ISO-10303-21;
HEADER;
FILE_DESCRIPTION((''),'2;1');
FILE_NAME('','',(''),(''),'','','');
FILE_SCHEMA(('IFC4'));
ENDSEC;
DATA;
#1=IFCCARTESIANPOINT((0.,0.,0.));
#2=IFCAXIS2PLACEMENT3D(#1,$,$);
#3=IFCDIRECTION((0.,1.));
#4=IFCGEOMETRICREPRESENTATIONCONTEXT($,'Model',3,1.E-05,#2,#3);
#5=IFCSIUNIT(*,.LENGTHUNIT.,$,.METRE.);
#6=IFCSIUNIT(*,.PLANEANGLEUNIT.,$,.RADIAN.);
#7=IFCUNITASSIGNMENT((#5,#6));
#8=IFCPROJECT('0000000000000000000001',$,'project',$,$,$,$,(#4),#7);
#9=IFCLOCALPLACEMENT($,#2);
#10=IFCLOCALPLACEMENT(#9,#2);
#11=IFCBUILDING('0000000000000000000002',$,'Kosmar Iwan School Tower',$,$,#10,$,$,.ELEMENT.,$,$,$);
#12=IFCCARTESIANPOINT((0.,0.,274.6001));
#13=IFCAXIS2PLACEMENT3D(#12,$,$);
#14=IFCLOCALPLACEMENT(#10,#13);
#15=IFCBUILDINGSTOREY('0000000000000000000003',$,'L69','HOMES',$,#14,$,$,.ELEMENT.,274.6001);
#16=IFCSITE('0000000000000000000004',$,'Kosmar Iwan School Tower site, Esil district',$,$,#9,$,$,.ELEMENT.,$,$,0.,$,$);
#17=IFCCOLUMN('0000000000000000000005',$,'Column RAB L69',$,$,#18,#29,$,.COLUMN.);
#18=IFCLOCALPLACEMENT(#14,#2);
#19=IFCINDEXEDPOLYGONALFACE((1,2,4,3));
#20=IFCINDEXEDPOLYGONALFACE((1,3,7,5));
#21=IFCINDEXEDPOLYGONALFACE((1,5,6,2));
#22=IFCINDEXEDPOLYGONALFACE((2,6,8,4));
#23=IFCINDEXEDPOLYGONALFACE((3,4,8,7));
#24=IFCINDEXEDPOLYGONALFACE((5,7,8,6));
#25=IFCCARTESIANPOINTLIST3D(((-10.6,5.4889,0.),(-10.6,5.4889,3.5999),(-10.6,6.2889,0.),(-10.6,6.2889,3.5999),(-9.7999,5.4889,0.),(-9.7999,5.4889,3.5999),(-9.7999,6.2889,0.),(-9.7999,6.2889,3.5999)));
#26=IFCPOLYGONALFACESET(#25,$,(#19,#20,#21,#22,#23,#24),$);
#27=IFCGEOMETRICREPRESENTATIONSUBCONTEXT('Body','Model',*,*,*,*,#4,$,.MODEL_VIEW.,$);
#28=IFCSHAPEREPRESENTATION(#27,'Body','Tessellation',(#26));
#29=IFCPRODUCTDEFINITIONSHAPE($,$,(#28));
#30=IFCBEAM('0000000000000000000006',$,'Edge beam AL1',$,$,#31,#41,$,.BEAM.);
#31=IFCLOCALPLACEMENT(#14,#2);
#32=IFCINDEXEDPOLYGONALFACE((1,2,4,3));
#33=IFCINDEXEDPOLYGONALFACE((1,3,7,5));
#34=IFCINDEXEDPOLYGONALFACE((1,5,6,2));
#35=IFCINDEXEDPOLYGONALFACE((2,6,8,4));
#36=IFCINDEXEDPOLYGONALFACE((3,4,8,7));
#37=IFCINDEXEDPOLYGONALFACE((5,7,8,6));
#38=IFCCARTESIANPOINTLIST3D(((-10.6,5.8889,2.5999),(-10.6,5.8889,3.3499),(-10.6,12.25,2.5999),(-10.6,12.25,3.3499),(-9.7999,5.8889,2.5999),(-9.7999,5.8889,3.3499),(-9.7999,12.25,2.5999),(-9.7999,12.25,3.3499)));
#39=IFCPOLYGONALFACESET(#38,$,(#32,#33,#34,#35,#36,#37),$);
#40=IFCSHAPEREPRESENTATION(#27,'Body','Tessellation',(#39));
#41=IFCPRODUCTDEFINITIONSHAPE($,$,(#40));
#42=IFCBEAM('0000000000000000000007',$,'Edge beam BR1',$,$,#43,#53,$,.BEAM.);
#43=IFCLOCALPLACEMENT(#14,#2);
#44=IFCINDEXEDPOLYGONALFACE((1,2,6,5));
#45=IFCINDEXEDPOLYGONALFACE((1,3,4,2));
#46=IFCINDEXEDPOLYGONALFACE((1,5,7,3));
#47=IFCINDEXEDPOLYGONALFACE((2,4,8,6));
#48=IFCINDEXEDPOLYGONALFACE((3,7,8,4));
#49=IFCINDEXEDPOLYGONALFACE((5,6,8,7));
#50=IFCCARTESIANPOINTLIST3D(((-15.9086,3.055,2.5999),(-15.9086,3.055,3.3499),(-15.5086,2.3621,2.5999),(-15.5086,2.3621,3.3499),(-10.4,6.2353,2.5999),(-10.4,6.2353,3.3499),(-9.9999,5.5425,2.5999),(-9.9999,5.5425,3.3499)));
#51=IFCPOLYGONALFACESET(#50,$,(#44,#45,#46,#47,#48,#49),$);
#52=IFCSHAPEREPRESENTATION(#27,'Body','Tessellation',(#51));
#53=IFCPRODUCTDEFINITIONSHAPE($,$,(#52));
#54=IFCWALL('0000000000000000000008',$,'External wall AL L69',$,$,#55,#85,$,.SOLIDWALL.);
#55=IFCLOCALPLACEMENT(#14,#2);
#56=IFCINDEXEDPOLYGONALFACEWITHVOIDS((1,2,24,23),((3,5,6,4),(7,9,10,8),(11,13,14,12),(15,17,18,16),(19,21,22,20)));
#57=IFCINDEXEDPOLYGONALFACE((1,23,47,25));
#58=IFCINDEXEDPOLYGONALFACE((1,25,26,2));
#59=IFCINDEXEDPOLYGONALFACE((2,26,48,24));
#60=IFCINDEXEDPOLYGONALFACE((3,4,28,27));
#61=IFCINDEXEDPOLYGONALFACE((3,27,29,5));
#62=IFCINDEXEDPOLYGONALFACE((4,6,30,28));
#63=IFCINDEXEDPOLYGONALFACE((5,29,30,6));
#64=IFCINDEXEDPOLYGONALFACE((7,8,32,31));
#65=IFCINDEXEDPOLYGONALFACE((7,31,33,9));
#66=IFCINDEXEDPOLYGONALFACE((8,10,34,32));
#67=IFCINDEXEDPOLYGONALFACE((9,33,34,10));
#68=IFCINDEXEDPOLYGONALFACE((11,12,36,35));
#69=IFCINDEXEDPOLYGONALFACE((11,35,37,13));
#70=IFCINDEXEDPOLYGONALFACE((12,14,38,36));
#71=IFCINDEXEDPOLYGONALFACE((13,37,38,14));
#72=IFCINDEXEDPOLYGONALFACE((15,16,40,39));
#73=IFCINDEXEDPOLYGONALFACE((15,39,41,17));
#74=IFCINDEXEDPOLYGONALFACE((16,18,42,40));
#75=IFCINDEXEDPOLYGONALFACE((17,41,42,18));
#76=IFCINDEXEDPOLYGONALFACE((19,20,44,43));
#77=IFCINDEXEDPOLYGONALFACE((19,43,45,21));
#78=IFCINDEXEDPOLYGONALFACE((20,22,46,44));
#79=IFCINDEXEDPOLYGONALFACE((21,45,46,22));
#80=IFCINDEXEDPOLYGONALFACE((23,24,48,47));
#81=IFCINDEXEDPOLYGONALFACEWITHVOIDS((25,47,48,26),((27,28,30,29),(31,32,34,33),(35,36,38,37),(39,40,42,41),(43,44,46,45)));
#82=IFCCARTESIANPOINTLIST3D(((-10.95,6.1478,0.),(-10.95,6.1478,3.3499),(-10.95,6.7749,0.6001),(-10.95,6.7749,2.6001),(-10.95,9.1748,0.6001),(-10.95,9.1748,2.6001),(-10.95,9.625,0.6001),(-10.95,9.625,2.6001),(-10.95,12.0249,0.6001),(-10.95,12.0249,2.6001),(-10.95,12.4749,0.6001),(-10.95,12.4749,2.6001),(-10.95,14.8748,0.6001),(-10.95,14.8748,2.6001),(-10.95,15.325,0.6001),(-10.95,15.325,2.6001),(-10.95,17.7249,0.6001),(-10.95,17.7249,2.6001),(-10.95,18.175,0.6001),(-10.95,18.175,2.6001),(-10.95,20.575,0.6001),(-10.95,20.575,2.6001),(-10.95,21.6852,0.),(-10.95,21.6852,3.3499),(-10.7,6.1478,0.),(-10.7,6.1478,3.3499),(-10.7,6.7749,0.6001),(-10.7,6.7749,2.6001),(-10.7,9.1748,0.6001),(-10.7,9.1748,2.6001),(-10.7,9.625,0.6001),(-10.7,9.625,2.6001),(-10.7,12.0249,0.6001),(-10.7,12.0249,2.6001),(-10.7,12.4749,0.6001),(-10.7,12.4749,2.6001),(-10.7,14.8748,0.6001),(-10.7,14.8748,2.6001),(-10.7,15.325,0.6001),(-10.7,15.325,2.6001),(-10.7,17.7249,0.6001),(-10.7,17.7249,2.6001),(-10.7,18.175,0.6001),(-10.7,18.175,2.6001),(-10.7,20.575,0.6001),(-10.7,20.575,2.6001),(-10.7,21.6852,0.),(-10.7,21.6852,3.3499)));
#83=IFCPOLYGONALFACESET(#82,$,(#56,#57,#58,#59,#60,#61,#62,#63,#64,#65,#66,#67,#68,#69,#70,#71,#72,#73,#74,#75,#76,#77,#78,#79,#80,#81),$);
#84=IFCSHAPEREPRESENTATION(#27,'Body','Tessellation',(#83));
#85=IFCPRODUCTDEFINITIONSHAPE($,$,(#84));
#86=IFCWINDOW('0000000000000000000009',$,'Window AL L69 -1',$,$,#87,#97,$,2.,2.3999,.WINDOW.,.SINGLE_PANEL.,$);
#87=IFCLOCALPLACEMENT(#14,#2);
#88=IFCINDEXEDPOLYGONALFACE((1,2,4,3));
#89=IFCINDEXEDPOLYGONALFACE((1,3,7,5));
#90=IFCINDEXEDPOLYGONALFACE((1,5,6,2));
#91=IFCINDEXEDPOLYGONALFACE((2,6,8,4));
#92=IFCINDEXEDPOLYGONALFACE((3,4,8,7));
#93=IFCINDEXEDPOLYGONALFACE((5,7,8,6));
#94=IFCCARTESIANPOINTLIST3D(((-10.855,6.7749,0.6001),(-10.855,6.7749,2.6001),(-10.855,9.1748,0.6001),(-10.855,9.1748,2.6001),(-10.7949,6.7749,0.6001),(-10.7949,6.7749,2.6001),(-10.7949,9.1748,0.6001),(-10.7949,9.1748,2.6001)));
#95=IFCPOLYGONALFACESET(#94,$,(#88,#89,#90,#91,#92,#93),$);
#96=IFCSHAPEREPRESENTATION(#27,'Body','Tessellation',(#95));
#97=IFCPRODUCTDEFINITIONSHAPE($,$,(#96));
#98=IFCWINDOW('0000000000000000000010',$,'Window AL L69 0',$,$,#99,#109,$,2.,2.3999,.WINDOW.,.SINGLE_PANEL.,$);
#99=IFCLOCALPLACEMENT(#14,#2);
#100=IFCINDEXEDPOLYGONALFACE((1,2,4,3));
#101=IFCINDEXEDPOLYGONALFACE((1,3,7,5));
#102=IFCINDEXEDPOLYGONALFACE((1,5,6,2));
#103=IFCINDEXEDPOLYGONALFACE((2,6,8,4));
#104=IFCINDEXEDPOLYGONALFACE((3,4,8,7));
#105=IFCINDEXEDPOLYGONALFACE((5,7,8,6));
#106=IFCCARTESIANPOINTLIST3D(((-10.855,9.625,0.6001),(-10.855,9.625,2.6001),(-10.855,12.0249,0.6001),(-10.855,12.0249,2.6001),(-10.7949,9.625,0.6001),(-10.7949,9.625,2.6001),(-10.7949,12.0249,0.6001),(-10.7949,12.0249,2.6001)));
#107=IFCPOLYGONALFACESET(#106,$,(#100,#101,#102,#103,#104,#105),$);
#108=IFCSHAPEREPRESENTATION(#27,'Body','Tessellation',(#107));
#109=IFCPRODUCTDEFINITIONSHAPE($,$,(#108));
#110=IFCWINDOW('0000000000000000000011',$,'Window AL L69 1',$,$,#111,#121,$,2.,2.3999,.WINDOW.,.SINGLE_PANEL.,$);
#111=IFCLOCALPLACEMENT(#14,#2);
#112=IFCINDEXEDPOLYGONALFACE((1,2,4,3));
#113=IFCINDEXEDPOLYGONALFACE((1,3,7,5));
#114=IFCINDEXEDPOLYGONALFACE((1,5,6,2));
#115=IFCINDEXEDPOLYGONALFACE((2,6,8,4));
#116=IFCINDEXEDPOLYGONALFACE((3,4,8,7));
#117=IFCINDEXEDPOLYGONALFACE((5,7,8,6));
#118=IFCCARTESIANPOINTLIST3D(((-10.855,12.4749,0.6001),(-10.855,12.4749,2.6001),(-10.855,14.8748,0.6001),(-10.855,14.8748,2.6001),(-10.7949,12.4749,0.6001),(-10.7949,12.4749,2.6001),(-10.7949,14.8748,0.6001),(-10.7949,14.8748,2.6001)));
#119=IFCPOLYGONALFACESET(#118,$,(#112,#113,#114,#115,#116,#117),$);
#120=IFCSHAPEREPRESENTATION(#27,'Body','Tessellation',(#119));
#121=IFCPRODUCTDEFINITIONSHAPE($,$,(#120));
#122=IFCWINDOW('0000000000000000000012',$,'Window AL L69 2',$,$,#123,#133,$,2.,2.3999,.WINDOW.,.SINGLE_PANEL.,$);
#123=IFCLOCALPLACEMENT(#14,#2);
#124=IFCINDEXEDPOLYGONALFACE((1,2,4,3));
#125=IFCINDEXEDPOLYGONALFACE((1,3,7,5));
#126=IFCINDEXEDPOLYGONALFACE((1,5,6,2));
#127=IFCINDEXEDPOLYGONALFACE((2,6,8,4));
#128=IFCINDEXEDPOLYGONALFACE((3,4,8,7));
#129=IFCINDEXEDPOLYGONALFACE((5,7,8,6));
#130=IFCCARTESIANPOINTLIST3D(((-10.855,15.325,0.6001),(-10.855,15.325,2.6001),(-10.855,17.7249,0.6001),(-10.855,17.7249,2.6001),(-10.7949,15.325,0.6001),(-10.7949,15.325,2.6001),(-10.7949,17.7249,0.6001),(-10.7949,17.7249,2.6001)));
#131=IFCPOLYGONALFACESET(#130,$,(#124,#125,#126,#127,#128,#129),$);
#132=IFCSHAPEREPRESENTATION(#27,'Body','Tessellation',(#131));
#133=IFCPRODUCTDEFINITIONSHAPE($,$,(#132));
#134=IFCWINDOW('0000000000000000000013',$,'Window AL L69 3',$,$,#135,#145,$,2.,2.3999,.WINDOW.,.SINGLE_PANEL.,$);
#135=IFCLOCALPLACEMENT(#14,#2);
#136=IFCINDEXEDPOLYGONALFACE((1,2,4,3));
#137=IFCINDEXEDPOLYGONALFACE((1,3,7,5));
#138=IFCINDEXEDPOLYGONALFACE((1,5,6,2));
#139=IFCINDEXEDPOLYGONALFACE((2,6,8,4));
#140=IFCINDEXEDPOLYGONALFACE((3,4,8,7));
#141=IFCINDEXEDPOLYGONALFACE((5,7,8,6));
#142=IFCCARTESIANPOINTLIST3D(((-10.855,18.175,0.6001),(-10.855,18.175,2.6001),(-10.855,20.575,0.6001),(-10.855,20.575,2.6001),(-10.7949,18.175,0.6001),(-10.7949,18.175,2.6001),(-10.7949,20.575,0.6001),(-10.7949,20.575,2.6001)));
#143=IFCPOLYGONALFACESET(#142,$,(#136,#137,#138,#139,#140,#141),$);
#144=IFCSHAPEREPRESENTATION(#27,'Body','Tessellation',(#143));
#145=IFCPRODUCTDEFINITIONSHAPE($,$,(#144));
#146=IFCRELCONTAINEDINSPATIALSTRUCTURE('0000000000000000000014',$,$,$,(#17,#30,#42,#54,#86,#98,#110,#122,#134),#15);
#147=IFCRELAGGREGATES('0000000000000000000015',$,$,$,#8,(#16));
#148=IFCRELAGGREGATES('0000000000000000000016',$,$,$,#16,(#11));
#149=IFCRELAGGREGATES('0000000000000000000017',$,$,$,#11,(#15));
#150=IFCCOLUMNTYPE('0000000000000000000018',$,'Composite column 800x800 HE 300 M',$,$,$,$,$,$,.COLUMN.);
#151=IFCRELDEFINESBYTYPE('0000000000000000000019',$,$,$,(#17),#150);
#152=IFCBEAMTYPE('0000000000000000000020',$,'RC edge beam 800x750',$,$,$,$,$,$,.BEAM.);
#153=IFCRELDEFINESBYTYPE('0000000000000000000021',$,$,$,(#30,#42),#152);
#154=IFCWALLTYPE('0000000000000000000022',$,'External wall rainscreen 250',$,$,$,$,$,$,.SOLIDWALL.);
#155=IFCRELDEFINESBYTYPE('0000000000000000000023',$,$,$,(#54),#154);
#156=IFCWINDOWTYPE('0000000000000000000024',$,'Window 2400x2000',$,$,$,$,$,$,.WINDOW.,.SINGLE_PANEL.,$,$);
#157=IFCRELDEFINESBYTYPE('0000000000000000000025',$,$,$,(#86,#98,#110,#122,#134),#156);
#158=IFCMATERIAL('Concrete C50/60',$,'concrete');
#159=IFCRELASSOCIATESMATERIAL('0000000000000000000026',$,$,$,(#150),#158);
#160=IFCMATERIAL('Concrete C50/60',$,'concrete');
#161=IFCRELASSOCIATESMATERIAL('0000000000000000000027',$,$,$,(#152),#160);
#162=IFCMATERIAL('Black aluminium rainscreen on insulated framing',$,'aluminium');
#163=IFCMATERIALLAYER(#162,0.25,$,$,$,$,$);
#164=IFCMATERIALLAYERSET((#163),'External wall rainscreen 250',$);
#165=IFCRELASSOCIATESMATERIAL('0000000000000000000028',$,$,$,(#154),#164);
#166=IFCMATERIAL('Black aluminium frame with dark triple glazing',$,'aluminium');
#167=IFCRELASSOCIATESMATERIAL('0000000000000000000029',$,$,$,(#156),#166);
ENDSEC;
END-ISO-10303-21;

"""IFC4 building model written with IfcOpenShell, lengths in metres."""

from ifc_helpers import new_model, si_unit, direction, frame, frame_2d, origin, origin_2d, place, context, subcontext, project, spatial, rectangle, extrude, material, layer, layer_set, material_profile, profile_set, type_object, element, fill, save


model = new_model("IFC4")

# Units and contexts
model_context = context("Model", 3, precision=1e-05, world=origin(), true_north=direction((0.0, 1.0)))
body_context = subcontext(model_context, "Body", "Model", "MODEL_VIEW")
ifc_project = project(units=[si_unit("LENGTHUNIT", "METRE"), si_unit("PLANEANGLEUNIT", "RADIAN")], contexts=[model_context])

# Site, building, storey
site_placement = place(None, origin())
site = spatial("IfcSite", under=ifc_project, at=site_placement, Name="Kosmar Iwan School Tower site, Esil district", CompositionType="ELEMENT", RefElevation=0.0)
building_placement = place(site_placement, origin())
building = spatial("IfcBuilding", under=site, at=building_placement, Name="Kosmar Iwan School Tower", CompositionType="ELEMENT")
storey_placement = place(building_placement, frame((0.0, 0.0, 274.6001)))
storey = spatial("IfcBuildingStorey", under=building, at=storey_placement, Name="L69", Description="HOMES", CompositionType="ELEMENT", Elevation=274.6001)

# Column
ifc_material_1 = material(Name="Concrete C50/60", Category="concrete")
ifc_material_profile_1 = material_profile(ifc_material_1, rectangle(XDim=0.8, YDim=0.8, at=origin_2d()), Name="RC 800x800 + HE 300 M")
ifc_profile_set_1 = profile_set([ifc_material_profile_1], Name="Concrete C50/60")
column_type = type_object("IfcColumnType", Name="Composite column 800x800 HE 300 M", PredefinedType="COLUMN", material=ifc_profile_set_1)
column_placement = place(storey_placement, frame((-10.2, 5.8889, 0.0), z_axis=(0.0, 0.0, 1.0), x_axis=(1.0, 0.0, 0.0)))
element("IfcColumn", 1, at=column_placement, inside=storey, type_object=column_type, Name="Column RAB L69", PredefinedType="COLUMN", context=body_context, shape_type="SweptSolid", body=[
    extrude(rectangle(XDim=0.8, YDim=0.8, at=origin_2d()), origin(), (0.0, 0.0, 1.0), 3.5999),
])

# Beams
ifc_material_2 = material(Name="Concrete C50/60", Category="concrete")
ifc_material_profile_2 = material_profile(ifc_material_2, rectangle(XDim=0.8, YDim=0.75, at=origin_2d()), Name="RC 800x750")
ifc_profile_set_2 = profile_set([ifc_material_profile_2], Name="Concrete C50/60")
beam_type = type_object("IfcBeamType", Name="RC edge beam 800x750", PredefinedType="BEAM", material=ifc_profile_set_2)
beam_1_placement = place(storey_placement, frame((-10.2, 5.8889, 2.9749), z_axis=(0.0, 1.0, 0.0), x_axis=(-1.0, 0.0, 0.0)))
element("IfcBeam", 2, at=beam_1_placement, inside=storey, type_object=beam_type, Name="Edge beam AL1", PredefinedType="BEAM", context=body_context, shape_type="SweptSolid", body=[
    extrude(rectangle(XDim=0.8, YDim=0.75, at=origin_2d()), origin(), (0.0, 0.0, 1.0), 6.3611),
])
beam_2_placement = place(storey_placement, frame((-10.2, 5.8889, 2.9749), z_axis=(-0.866031, -0.49999, 0.0), x_axis=(0.49999, -0.866031, 0.0)))
element("IfcBeam", 3, at=beam_2_placement, inside=storey, type_object=beam_type, Name="Edge beam BR1", PredefinedType="BEAM", context=body_context, shape_type="SweptSolid", body=[
    extrude(rectangle(XDim=0.8, YDim=0.75, at=origin_2d()), origin(), (0.0, 0.0, 1.0), 6.3608),
])

# Wall, openings, windows
ifc_material_3 = material(Name="Black aluminium rainscreen on insulated framing", Category="aluminium")
ifc_layer = layer(ifc_material_3, 0.25)
ifc_layer_set = layer_set([ifc_layer], Name="External wall rainscreen 250")
wall_type = type_object("IfcWallType", Name="External wall rainscreen 250", PredefinedType="SOLIDWALL", material=ifc_layer_set)
wall_1_placement = place(storey_placement, frame((-10.825, 6.1479, 0.0), z_axis=(0.0, 0.0, 1.0), x_axis=(0.0, 1.0, 0.0)))
wall_1 = element("IfcWall", 4, at=wall_1_placement, inside=storey, type_object=wall_type, Name="External wall AL L69", PredefinedType="SOLIDWALL", context=body_context, shape_type="SweptSolid", body=[
    extrude(rectangle(XDim=15.5374, YDim=0.25, at=frame_2d((7.7686, 0.0))), origin(), (0.0, 0.0, 1.0), 3.3499),
])
opening_1_placement = place(wall_1_placement, frame((0.627, 0.0, 0.6001)))
opening_1 = element("IfcOpeningElement", 5, at=opening_1_placement, cuts=wall_1, PredefinedType="OPENING", context=body_context, shape_type="SweptSolid", body=[
    extrude(rectangle(XDim=2.3999, YDim=2.0, at=frame_2d((1.2, 1.0))), frame((0.0, 0.137, 0.0), z_axis=(0.0, -1.0, 0.0), x_axis=(1.0, 0.0, 0.0)), (0.0, 0.0, 1.0), 0.2739),
])
opening_2_placement = place(wall_1_placement, frame((3.4771, 0.0, 0.6001)))
opening_2 = element("IfcOpeningElement", 6, at=opening_2_placement, cuts=wall_1, PredefinedType="OPENING", context=body_context, shape_type="SweptSolid", body=[
    extrude(rectangle(XDim=2.3999, YDim=2.0, at=frame_2d((1.2, 1.0))), frame((0.0, 0.137, 0.0), z_axis=(0.0, -1.0, 0.0), x_axis=(1.0, 0.0, 0.0)), (0.0, 0.0, 1.0), 0.2739),
])
opening_3_placement = place(wall_1_placement, frame((6.3269, 0.0, 0.6001)))
opening_3 = element("IfcOpeningElement", 7, at=opening_3_placement, cuts=wall_1, PredefinedType="OPENING", context=body_context, shape_type="SweptSolid", body=[
    extrude(rectangle(XDim=2.3999, YDim=2.0, at=frame_2d((1.2, 1.0))), frame((0.0, 0.137, 0.0), z_axis=(0.0, -1.0, 0.0), x_axis=(1.0, 0.0, 0.0)), (0.0, 0.0, 1.0), 0.2739),
])
opening_4_placement = place(wall_1_placement, frame((9.177, 0.0, 0.6001)))
opening_4 = element("IfcOpeningElement", 8, at=opening_4_placement, cuts=wall_1, PredefinedType="OPENING", context=body_context, shape_type="SweptSolid", body=[
    extrude(rectangle(XDim=2.3999, YDim=2.0, at=frame_2d((1.2, 1.0))), frame((0.0, 0.137, 0.0), z_axis=(0.0, -1.0, 0.0), x_axis=(1.0, 0.0, 0.0)), (0.0, 0.0, 1.0), 0.2739),
])
opening_5_placement = place(wall_1_placement, frame((12.0271, 0.0, 0.6001)))
opening_5 = element("IfcOpeningElement", 9, at=opening_5_placement, cuts=wall_1, PredefinedType="OPENING", context=body_context, shape_type="SweptSolid", body=[
    extrude(rectangle(XDim=2.3999, YDim=2.0, at=frame_2d((1.2, 1.0))), frame((0.0, 0.137, 0.0), z_axis=(0.0, -1.0, 0.0), x_axis=(1.0, 0.0, 0.0)), (0.0, 0.0, 1.0), 0.2739),
])
ifc_material_4 = material(Name="Black aluminium frame with dark triple glazing", Category="aluminium")
window_type = type_object("IfcWindowType", Name="Window 2400x2000", PartitioningType="SINGLE_PANEL", PredefinedType="WINDOW", material=ifc_material_4)
window_1_placement = place(opening_1_placement, origin())
window_1 = element("IfcWindow", 10, at=window_1_placement, inside=storey, type_object=window_type, Name="Window AL L69 -1", OverallHeight=2.0, OverallWidth=2.3999, PartitioningType="SINGLE_PANEL", PredefinedType="WINDOW", context=body_context, shape_type="SweptSolid", body=[
    extrude(rectangle(XDim=2.3999, YDim=2.0, at=frame_2d((1.2, 1.0))), frame((0.0, 0.03, 0.0), z_axis=(0.0, -1.0, 0.0), x_axis=(1.0, 0.0, 0.0)), (0.0, 0.0, 1.0), 0.0601),
])
fill(opening_1, window_1)
window_2_placement = place(opening_2_placement, origin())
window_2 = element("IfcWindow", 11, at=window_2_placement, inside=storey, type_object=window_type, Name="Window AL L69 0", OverallHeight=2.0, OverallWidth=2.3999, PartitioningType="SINGLE_PANEL", PredefinedType="WINDOW", context=body_context, shape_type="SweptSolid", body=[
    extrude(rectangle(XDim=2.3999, YDim=2.0, at=frame_2d((1.2, 1.0))), frame((0.0, 0.03, 0.0), z_axis=(0.0, -1.0, 0.0), x_axis=(1.0, 0.0, 0.0)), (0.0, 0.0, 1.0), 0.0601),
])
fill(opening_2, window_2)
window_3_placement = place(opening_3_placement, origin())
window_3 = element("IfcWindow", 12, at=window_3_placement, inside=storey, type_object=window_type, Name="Window AL L69 1", OverallHeight=2.0, OverallWidth=2.3999, PartitioningType="SINGLE_PANEL", PredefinedType="WINDOW", context=body_context, shape_type="SweptSolid", body=[
    extrude(rectangle(XDim=2.3999, YDim=2.0, at=frame_2d((1.2, 1.0))), frame((0.0, 0.03, 0.0), z_axis=(0.0, -1.0, 0.0), x_axis=(1.0, 0.0, 0.0)), (0.0, 0.0, 1.0), 0.0601),
])
fill(opening_3, window_3)
window_4_placement = place(opening_4_placement, origin())
window_4 = element("IfcWindow", 13, at=window_4_placement, inside=storey, type_object=window_type, Name="Window AL L69 2", OverallHeight=2.0, OverallWidth=2.3999, PartitioningType="SINGLE_PANEL", PredefinedType="WINDOW", context=body_context, shape_type="SweptSolid", body=[
    extrude(rectangle(XDim=2.3999, YDim=2.0, at=frame_2d((1.2, 1.0))), frame((0.0, 0.03, 0.0), z_axis=(0.0, -1.0, 0.0), x_axis=(1.0, 0.0, 0.0)), (0.0, 0.0, 1.0), 0.0601),
])
fill(opening_4, window_4)
window_5_placement = place(opening_5_placement, origin())
window_5 = element("IfcWindow", 14, at=window_5_placement, inside=storey, type_object=window_type, Name="Window AL L69 3", OverallHeight=2.0, OverallWidth=2.3999, PartitioningType="SINGLE_PANEL", PredefinedType="WINDOW", context=body_context, shape_type="SweptSolid", body=[
    extrude(rectangle(XDim=2.3999, YDim=2.0, at=frame_2d((1.2, 1.0))), frame((0.0, 0.03, 0.0), z_axis=(0.0, -1.0, 0.0), x_axis=(1.0, 0.0, 0.0)), (0.0, 0.0, 1.0), 0.0601),
])
fill(opening_5, window_5)

save(model, "model.ifc")
